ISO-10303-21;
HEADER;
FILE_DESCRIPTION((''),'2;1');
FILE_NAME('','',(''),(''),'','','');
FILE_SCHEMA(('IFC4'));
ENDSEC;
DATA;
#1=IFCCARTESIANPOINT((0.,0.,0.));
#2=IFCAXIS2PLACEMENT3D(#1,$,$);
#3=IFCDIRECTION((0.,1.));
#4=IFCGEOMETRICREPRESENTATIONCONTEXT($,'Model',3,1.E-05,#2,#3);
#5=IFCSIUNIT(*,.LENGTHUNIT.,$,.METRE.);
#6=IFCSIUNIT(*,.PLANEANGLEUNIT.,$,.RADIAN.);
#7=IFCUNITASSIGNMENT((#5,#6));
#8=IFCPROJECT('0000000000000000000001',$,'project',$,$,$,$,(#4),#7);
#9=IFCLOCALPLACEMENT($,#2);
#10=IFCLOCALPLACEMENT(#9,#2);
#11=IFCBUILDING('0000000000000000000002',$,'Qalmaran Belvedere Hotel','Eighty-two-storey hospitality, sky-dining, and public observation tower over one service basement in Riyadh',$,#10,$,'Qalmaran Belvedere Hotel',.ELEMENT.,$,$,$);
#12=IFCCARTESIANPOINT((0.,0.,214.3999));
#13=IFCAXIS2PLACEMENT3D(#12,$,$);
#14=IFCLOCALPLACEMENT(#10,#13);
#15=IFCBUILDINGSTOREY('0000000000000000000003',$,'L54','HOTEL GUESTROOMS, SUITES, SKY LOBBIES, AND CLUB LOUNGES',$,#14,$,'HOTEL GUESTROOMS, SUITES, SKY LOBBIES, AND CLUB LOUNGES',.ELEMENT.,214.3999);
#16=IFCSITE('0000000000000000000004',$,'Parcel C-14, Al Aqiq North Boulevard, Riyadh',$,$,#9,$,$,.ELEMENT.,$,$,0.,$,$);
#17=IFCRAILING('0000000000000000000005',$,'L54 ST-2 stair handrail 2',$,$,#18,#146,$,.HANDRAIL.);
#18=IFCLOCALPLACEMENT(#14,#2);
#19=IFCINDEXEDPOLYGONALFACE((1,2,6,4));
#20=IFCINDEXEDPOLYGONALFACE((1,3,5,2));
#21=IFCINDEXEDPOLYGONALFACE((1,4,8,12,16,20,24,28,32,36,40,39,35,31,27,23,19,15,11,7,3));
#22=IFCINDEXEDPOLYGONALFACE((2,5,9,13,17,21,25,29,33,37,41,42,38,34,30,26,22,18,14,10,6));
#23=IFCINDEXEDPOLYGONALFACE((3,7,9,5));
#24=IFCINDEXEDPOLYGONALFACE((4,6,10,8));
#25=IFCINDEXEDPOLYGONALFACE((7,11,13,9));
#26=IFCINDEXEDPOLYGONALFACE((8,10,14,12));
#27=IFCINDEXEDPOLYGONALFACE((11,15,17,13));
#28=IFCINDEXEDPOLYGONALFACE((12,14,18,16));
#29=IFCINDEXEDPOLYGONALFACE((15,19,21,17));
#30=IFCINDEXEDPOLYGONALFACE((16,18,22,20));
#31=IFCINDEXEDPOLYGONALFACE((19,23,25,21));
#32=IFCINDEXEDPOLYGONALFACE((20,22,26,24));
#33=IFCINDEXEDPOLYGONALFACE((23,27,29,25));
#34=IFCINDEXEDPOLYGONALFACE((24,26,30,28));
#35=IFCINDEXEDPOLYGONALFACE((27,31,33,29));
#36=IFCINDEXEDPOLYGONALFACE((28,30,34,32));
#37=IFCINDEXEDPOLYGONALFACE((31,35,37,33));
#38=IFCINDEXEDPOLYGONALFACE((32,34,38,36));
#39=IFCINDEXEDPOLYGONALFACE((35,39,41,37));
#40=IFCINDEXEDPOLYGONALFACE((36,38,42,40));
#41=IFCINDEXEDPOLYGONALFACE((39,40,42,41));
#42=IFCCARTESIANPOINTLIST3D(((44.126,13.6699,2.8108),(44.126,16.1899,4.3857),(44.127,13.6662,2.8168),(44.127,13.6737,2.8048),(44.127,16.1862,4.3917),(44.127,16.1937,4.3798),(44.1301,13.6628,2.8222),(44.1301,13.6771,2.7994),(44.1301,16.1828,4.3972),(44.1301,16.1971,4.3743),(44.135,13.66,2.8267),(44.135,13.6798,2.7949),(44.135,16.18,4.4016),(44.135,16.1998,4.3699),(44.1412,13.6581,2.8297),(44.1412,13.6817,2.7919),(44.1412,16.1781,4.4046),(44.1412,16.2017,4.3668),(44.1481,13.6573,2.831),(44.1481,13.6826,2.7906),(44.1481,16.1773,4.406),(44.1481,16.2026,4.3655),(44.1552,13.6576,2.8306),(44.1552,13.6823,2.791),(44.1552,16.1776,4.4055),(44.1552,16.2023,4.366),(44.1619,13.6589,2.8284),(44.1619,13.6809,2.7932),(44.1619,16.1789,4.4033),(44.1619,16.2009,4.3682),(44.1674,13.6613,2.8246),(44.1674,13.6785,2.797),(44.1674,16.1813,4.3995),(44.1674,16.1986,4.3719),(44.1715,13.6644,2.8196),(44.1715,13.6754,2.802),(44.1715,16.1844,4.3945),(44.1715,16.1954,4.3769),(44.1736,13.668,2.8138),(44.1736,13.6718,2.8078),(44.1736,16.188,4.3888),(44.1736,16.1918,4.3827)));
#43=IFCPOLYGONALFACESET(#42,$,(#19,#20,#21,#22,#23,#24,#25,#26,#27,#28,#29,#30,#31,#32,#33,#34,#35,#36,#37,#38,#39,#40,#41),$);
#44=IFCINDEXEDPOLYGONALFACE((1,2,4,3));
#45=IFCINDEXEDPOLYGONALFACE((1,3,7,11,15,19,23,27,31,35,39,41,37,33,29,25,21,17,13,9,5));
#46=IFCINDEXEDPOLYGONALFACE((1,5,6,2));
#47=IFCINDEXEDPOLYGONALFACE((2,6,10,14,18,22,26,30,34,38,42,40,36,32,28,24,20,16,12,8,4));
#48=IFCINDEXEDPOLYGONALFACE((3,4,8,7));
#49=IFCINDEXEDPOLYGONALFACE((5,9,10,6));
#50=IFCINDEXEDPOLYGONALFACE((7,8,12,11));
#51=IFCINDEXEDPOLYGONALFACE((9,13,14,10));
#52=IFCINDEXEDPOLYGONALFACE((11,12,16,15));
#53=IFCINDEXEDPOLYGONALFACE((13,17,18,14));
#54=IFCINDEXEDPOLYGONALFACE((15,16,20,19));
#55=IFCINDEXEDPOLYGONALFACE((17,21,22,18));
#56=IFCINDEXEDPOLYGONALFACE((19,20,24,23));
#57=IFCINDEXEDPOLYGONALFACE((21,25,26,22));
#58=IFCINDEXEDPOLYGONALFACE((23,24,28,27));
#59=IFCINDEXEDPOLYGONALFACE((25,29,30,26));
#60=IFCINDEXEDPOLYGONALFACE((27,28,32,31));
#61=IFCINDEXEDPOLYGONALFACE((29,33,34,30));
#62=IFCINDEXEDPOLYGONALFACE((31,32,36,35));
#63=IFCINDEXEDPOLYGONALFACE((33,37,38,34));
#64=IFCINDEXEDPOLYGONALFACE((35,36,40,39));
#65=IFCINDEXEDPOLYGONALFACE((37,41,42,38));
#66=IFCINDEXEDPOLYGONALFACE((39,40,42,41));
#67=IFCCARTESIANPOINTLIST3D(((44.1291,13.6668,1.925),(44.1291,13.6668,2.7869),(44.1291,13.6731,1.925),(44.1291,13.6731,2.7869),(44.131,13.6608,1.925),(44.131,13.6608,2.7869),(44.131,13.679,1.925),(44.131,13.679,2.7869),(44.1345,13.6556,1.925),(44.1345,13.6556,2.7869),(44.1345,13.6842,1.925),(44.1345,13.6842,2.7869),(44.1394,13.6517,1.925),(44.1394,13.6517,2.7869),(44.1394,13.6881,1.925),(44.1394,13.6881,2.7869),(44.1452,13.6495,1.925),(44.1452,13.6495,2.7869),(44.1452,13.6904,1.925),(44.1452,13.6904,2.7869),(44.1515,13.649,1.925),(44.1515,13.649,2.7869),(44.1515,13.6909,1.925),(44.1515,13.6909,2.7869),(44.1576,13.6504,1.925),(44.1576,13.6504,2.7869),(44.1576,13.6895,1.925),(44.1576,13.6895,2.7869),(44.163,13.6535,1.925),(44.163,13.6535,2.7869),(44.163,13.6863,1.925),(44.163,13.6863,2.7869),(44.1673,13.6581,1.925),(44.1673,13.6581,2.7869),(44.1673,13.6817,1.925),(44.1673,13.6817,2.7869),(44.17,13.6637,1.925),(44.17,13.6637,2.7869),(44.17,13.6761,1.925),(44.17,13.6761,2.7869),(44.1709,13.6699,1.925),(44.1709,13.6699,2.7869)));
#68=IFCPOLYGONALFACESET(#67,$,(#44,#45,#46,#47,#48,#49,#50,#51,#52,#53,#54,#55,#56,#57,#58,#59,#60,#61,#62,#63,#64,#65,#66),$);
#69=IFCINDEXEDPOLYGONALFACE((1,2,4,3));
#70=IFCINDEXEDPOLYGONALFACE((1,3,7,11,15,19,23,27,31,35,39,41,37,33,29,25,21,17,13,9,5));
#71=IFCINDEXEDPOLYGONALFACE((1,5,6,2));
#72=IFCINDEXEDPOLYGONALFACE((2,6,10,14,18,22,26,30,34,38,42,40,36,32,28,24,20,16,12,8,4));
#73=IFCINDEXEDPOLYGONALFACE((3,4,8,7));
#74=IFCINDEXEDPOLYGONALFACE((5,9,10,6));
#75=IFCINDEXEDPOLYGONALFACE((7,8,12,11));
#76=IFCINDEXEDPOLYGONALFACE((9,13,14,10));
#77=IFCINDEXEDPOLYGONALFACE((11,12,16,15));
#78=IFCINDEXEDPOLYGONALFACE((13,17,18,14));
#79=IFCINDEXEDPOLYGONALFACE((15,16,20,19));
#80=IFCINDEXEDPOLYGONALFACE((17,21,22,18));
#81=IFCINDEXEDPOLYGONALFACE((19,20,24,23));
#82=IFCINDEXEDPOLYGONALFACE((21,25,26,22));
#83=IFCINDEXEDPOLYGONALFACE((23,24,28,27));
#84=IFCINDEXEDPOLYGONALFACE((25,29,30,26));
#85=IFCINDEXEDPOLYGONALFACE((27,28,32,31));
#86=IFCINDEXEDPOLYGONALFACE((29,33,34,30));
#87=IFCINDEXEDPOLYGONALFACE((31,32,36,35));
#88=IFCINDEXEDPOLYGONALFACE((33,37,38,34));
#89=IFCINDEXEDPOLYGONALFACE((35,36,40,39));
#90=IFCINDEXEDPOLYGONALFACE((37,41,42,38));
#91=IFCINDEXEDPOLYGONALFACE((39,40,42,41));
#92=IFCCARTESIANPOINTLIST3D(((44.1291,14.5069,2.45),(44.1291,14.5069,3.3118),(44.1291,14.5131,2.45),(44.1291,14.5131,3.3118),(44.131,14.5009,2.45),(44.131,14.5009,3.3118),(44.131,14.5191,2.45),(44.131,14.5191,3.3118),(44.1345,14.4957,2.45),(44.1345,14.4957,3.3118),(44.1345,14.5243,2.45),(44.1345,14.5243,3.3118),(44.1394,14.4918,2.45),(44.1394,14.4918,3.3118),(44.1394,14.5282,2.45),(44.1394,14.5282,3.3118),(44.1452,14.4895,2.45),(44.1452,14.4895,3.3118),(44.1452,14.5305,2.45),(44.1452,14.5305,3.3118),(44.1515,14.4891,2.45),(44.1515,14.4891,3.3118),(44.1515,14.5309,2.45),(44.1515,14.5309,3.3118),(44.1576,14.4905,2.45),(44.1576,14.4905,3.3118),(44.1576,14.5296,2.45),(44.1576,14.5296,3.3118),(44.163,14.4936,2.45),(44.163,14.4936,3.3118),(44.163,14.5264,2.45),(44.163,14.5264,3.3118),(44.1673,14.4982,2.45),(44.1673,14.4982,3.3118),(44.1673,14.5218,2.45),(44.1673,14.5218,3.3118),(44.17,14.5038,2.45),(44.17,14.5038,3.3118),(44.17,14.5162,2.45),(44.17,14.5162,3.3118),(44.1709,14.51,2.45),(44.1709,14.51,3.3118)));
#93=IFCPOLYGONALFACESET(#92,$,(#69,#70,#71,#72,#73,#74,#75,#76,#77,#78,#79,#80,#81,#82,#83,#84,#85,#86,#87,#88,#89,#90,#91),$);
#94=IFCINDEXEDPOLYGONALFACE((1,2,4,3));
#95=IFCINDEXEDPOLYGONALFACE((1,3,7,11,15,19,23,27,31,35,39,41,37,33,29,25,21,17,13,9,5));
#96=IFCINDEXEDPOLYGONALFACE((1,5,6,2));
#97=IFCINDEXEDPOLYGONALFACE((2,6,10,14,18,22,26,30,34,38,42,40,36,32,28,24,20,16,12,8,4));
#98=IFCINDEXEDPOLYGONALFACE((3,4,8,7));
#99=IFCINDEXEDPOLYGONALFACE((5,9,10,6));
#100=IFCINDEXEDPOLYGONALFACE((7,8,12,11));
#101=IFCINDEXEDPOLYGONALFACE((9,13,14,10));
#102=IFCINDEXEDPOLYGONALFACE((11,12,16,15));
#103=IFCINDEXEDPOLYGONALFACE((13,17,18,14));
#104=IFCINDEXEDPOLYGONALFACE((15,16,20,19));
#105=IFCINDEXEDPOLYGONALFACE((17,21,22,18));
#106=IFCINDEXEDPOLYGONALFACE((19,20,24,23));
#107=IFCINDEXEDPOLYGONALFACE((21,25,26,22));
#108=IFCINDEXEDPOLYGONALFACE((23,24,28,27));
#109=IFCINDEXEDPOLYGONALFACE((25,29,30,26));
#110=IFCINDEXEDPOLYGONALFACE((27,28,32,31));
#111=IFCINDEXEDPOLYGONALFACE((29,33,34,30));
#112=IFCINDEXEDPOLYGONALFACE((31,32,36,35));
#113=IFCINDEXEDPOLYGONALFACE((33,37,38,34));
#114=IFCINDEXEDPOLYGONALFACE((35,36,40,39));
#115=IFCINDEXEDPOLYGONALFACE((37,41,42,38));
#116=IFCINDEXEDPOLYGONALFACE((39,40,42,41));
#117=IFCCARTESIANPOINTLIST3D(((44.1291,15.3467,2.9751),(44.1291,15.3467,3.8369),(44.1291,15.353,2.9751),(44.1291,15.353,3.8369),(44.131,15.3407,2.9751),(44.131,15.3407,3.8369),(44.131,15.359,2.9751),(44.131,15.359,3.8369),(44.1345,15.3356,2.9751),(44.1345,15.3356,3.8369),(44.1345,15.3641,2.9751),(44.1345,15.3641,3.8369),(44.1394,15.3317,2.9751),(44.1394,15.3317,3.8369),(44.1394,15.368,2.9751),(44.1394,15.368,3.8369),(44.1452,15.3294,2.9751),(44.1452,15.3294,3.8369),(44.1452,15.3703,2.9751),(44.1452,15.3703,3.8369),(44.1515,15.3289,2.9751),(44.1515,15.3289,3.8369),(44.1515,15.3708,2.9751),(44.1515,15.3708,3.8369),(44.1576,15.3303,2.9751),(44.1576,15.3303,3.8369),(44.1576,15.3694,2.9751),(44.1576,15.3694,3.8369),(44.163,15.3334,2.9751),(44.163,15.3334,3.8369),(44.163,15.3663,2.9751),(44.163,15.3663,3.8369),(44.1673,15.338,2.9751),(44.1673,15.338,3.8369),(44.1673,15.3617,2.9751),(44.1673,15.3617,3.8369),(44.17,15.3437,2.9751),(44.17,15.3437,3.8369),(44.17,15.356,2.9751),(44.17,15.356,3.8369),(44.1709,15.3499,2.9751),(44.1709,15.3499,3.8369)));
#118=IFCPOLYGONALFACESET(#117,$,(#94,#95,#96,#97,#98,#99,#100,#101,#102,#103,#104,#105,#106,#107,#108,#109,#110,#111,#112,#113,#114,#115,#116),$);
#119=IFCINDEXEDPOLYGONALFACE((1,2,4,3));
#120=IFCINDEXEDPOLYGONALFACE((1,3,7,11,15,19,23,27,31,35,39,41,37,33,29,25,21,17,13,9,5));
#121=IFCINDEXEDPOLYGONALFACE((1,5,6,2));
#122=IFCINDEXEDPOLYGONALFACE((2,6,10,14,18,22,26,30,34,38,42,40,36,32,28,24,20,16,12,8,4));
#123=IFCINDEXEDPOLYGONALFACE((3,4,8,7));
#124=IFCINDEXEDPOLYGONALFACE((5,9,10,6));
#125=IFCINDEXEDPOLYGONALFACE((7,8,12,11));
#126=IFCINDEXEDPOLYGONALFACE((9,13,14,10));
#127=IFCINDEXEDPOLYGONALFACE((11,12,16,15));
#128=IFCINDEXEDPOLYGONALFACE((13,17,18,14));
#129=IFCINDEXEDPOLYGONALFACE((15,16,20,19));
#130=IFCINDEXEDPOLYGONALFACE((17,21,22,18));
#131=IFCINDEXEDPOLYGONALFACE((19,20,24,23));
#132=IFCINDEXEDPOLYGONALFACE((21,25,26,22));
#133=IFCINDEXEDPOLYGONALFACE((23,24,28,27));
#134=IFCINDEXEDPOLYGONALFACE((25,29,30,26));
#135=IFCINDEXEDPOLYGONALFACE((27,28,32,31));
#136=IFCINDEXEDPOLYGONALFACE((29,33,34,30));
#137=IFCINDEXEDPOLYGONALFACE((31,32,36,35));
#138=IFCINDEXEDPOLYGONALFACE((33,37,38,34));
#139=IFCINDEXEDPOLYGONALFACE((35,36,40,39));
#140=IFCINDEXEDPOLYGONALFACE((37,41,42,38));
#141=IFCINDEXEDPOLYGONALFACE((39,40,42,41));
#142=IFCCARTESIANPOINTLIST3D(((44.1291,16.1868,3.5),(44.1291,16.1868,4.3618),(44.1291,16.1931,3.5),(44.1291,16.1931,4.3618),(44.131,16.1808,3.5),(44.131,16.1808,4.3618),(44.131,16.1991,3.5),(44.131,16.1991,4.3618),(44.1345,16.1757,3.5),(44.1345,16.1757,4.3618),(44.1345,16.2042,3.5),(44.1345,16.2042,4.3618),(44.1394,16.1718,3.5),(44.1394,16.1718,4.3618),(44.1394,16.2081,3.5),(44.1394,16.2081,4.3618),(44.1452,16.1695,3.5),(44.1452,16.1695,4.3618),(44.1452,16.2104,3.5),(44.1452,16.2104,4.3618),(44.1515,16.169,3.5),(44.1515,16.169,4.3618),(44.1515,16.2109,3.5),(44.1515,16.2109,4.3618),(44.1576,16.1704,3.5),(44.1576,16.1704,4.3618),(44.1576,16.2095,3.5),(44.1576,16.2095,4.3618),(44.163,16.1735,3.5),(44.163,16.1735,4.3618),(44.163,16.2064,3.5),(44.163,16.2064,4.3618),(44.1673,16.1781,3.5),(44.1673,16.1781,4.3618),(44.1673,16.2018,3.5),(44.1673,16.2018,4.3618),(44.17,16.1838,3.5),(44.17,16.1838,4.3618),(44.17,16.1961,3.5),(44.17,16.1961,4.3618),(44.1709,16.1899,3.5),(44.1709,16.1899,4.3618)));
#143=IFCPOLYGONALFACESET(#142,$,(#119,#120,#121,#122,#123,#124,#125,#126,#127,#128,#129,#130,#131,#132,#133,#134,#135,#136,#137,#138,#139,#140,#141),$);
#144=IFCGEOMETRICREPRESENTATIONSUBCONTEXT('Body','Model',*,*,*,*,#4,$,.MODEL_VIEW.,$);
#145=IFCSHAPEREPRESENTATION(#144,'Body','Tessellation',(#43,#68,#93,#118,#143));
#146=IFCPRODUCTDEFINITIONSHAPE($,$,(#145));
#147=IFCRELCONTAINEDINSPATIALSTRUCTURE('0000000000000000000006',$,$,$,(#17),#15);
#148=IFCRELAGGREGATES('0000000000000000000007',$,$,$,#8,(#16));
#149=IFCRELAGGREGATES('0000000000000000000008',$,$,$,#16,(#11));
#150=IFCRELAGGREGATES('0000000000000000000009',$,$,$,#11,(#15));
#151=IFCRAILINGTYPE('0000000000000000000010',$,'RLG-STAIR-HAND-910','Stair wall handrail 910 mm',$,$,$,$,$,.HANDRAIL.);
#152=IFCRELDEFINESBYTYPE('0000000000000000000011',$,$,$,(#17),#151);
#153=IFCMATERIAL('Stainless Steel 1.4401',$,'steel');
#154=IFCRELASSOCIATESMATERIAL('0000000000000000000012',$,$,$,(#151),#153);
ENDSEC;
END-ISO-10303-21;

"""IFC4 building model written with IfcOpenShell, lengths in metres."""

from ifc_helpers import new_model, si_unit, direction, frame, origin, origin_2d, place, context, subcontext, project, spatial, circle, extrude, material, type_object, element, save


model = new_model("IFC4")

# Units and contexts
model_context = context("Model", 3, precision=1e-05, world=origin(), true_north=direction((0.0, 1.0)))
body_context = subcontext(model_context, "Body", "Model", "MODEL_VIEW")
ifc_project = project(units=[si_unit("LENGTHUNIT", "METRE"), si_unit("PLANEANGLEUNIT", "RADIAN")], contexts=[model_context])

# Site, building, storey
site_placement = place(None, origin())
site = spatial("IfcSite", under=ifc_project, at=site_placement, Name="Parcel C-14, Al Aqiq North Boulevard, Riyadh", CompositionType="ELEMENT", RefElevation=0.0)
building_placement = place(site_placement, origin())
building = spatial("IfcBuilding", under=site, at=building_placement, Name="Qalmaran Belvedere Hotel", Description="Eighty-two-storey hospitality, sky-dining, and public observation tower over one service basement in Riyadh", LongName="Qalmaran Belvedere Hotel", CompositionType="ELEMENT")
storey_placement = place(building_placement, frame((0.0, 0.0, 214.3999)))
storey = spatial("IfcBuildingStorey", under=building, at=storey_placement, Name="L54", Description="HOTEL GUESTROOMS, SUITES, SKY LOBBIES, AND CLUB LOUNGES", LongName="HOTEL GUESTROOMS, SUITES, SKY LOBBIES, AND CLUB LOUNGES", CompositionType="ELEMENT", Elevation=214.3999)

# Railing
ifc_material_1 = material(Name="Stainless Steel 1.4401", Category="steel")
railing_type_1 = type_object("IfcRailingType", Name="RLG-STAIR-HAND-910", Description="Stair wall handrail 910 mm", PredefinedType="HANDRAIL", material=ifc_material_1)
railing_1_placement = place(storey_placement, frame((44.1499, 13.6699, 1.925)))
element("IfcRailing", 1, at=railing_1_placement, inside=storey, type_object=railing_type_1, Name="L54 ST-2 stair handrail 2", PredefinedType="HANDRAIL", context=body_context, shape_type="SweptSolid", body=[
    extrude(circle(Radius=0.0239, at=origin_2d()), frame((0.0, 0.0, 0.8857), z_axis=(0.0, 0.848008, 0.529984), x_axis=(-1.0, 0.0, 0.0)), (0.0, 0.0, 1.0), 2.9717),
    extrude(circle(Radius=0.021, at=origin_2d()), origin(), (0.0, 0.0, 1.0), 0.8618),
    extrude(circle(Radius=0.021, at=origin_2d()), frame((0.0, 0.8401, 0.5249)), (0.0, 0.0, 1.0), 0.8618),
    extrude(circle(Radius=0.021, at=origin_2d()), frame((0.0, 1.6799, 1.05)), (0.0, 0.0, 1.0), 0.8618),
    extrude(circle(Radius=0.021, at=origin_2d()), frame((0.0, 2.52, 1.575)), (0.0, 0.0, 1.0), 0.8618),
])

save(model, "model.ifc")
